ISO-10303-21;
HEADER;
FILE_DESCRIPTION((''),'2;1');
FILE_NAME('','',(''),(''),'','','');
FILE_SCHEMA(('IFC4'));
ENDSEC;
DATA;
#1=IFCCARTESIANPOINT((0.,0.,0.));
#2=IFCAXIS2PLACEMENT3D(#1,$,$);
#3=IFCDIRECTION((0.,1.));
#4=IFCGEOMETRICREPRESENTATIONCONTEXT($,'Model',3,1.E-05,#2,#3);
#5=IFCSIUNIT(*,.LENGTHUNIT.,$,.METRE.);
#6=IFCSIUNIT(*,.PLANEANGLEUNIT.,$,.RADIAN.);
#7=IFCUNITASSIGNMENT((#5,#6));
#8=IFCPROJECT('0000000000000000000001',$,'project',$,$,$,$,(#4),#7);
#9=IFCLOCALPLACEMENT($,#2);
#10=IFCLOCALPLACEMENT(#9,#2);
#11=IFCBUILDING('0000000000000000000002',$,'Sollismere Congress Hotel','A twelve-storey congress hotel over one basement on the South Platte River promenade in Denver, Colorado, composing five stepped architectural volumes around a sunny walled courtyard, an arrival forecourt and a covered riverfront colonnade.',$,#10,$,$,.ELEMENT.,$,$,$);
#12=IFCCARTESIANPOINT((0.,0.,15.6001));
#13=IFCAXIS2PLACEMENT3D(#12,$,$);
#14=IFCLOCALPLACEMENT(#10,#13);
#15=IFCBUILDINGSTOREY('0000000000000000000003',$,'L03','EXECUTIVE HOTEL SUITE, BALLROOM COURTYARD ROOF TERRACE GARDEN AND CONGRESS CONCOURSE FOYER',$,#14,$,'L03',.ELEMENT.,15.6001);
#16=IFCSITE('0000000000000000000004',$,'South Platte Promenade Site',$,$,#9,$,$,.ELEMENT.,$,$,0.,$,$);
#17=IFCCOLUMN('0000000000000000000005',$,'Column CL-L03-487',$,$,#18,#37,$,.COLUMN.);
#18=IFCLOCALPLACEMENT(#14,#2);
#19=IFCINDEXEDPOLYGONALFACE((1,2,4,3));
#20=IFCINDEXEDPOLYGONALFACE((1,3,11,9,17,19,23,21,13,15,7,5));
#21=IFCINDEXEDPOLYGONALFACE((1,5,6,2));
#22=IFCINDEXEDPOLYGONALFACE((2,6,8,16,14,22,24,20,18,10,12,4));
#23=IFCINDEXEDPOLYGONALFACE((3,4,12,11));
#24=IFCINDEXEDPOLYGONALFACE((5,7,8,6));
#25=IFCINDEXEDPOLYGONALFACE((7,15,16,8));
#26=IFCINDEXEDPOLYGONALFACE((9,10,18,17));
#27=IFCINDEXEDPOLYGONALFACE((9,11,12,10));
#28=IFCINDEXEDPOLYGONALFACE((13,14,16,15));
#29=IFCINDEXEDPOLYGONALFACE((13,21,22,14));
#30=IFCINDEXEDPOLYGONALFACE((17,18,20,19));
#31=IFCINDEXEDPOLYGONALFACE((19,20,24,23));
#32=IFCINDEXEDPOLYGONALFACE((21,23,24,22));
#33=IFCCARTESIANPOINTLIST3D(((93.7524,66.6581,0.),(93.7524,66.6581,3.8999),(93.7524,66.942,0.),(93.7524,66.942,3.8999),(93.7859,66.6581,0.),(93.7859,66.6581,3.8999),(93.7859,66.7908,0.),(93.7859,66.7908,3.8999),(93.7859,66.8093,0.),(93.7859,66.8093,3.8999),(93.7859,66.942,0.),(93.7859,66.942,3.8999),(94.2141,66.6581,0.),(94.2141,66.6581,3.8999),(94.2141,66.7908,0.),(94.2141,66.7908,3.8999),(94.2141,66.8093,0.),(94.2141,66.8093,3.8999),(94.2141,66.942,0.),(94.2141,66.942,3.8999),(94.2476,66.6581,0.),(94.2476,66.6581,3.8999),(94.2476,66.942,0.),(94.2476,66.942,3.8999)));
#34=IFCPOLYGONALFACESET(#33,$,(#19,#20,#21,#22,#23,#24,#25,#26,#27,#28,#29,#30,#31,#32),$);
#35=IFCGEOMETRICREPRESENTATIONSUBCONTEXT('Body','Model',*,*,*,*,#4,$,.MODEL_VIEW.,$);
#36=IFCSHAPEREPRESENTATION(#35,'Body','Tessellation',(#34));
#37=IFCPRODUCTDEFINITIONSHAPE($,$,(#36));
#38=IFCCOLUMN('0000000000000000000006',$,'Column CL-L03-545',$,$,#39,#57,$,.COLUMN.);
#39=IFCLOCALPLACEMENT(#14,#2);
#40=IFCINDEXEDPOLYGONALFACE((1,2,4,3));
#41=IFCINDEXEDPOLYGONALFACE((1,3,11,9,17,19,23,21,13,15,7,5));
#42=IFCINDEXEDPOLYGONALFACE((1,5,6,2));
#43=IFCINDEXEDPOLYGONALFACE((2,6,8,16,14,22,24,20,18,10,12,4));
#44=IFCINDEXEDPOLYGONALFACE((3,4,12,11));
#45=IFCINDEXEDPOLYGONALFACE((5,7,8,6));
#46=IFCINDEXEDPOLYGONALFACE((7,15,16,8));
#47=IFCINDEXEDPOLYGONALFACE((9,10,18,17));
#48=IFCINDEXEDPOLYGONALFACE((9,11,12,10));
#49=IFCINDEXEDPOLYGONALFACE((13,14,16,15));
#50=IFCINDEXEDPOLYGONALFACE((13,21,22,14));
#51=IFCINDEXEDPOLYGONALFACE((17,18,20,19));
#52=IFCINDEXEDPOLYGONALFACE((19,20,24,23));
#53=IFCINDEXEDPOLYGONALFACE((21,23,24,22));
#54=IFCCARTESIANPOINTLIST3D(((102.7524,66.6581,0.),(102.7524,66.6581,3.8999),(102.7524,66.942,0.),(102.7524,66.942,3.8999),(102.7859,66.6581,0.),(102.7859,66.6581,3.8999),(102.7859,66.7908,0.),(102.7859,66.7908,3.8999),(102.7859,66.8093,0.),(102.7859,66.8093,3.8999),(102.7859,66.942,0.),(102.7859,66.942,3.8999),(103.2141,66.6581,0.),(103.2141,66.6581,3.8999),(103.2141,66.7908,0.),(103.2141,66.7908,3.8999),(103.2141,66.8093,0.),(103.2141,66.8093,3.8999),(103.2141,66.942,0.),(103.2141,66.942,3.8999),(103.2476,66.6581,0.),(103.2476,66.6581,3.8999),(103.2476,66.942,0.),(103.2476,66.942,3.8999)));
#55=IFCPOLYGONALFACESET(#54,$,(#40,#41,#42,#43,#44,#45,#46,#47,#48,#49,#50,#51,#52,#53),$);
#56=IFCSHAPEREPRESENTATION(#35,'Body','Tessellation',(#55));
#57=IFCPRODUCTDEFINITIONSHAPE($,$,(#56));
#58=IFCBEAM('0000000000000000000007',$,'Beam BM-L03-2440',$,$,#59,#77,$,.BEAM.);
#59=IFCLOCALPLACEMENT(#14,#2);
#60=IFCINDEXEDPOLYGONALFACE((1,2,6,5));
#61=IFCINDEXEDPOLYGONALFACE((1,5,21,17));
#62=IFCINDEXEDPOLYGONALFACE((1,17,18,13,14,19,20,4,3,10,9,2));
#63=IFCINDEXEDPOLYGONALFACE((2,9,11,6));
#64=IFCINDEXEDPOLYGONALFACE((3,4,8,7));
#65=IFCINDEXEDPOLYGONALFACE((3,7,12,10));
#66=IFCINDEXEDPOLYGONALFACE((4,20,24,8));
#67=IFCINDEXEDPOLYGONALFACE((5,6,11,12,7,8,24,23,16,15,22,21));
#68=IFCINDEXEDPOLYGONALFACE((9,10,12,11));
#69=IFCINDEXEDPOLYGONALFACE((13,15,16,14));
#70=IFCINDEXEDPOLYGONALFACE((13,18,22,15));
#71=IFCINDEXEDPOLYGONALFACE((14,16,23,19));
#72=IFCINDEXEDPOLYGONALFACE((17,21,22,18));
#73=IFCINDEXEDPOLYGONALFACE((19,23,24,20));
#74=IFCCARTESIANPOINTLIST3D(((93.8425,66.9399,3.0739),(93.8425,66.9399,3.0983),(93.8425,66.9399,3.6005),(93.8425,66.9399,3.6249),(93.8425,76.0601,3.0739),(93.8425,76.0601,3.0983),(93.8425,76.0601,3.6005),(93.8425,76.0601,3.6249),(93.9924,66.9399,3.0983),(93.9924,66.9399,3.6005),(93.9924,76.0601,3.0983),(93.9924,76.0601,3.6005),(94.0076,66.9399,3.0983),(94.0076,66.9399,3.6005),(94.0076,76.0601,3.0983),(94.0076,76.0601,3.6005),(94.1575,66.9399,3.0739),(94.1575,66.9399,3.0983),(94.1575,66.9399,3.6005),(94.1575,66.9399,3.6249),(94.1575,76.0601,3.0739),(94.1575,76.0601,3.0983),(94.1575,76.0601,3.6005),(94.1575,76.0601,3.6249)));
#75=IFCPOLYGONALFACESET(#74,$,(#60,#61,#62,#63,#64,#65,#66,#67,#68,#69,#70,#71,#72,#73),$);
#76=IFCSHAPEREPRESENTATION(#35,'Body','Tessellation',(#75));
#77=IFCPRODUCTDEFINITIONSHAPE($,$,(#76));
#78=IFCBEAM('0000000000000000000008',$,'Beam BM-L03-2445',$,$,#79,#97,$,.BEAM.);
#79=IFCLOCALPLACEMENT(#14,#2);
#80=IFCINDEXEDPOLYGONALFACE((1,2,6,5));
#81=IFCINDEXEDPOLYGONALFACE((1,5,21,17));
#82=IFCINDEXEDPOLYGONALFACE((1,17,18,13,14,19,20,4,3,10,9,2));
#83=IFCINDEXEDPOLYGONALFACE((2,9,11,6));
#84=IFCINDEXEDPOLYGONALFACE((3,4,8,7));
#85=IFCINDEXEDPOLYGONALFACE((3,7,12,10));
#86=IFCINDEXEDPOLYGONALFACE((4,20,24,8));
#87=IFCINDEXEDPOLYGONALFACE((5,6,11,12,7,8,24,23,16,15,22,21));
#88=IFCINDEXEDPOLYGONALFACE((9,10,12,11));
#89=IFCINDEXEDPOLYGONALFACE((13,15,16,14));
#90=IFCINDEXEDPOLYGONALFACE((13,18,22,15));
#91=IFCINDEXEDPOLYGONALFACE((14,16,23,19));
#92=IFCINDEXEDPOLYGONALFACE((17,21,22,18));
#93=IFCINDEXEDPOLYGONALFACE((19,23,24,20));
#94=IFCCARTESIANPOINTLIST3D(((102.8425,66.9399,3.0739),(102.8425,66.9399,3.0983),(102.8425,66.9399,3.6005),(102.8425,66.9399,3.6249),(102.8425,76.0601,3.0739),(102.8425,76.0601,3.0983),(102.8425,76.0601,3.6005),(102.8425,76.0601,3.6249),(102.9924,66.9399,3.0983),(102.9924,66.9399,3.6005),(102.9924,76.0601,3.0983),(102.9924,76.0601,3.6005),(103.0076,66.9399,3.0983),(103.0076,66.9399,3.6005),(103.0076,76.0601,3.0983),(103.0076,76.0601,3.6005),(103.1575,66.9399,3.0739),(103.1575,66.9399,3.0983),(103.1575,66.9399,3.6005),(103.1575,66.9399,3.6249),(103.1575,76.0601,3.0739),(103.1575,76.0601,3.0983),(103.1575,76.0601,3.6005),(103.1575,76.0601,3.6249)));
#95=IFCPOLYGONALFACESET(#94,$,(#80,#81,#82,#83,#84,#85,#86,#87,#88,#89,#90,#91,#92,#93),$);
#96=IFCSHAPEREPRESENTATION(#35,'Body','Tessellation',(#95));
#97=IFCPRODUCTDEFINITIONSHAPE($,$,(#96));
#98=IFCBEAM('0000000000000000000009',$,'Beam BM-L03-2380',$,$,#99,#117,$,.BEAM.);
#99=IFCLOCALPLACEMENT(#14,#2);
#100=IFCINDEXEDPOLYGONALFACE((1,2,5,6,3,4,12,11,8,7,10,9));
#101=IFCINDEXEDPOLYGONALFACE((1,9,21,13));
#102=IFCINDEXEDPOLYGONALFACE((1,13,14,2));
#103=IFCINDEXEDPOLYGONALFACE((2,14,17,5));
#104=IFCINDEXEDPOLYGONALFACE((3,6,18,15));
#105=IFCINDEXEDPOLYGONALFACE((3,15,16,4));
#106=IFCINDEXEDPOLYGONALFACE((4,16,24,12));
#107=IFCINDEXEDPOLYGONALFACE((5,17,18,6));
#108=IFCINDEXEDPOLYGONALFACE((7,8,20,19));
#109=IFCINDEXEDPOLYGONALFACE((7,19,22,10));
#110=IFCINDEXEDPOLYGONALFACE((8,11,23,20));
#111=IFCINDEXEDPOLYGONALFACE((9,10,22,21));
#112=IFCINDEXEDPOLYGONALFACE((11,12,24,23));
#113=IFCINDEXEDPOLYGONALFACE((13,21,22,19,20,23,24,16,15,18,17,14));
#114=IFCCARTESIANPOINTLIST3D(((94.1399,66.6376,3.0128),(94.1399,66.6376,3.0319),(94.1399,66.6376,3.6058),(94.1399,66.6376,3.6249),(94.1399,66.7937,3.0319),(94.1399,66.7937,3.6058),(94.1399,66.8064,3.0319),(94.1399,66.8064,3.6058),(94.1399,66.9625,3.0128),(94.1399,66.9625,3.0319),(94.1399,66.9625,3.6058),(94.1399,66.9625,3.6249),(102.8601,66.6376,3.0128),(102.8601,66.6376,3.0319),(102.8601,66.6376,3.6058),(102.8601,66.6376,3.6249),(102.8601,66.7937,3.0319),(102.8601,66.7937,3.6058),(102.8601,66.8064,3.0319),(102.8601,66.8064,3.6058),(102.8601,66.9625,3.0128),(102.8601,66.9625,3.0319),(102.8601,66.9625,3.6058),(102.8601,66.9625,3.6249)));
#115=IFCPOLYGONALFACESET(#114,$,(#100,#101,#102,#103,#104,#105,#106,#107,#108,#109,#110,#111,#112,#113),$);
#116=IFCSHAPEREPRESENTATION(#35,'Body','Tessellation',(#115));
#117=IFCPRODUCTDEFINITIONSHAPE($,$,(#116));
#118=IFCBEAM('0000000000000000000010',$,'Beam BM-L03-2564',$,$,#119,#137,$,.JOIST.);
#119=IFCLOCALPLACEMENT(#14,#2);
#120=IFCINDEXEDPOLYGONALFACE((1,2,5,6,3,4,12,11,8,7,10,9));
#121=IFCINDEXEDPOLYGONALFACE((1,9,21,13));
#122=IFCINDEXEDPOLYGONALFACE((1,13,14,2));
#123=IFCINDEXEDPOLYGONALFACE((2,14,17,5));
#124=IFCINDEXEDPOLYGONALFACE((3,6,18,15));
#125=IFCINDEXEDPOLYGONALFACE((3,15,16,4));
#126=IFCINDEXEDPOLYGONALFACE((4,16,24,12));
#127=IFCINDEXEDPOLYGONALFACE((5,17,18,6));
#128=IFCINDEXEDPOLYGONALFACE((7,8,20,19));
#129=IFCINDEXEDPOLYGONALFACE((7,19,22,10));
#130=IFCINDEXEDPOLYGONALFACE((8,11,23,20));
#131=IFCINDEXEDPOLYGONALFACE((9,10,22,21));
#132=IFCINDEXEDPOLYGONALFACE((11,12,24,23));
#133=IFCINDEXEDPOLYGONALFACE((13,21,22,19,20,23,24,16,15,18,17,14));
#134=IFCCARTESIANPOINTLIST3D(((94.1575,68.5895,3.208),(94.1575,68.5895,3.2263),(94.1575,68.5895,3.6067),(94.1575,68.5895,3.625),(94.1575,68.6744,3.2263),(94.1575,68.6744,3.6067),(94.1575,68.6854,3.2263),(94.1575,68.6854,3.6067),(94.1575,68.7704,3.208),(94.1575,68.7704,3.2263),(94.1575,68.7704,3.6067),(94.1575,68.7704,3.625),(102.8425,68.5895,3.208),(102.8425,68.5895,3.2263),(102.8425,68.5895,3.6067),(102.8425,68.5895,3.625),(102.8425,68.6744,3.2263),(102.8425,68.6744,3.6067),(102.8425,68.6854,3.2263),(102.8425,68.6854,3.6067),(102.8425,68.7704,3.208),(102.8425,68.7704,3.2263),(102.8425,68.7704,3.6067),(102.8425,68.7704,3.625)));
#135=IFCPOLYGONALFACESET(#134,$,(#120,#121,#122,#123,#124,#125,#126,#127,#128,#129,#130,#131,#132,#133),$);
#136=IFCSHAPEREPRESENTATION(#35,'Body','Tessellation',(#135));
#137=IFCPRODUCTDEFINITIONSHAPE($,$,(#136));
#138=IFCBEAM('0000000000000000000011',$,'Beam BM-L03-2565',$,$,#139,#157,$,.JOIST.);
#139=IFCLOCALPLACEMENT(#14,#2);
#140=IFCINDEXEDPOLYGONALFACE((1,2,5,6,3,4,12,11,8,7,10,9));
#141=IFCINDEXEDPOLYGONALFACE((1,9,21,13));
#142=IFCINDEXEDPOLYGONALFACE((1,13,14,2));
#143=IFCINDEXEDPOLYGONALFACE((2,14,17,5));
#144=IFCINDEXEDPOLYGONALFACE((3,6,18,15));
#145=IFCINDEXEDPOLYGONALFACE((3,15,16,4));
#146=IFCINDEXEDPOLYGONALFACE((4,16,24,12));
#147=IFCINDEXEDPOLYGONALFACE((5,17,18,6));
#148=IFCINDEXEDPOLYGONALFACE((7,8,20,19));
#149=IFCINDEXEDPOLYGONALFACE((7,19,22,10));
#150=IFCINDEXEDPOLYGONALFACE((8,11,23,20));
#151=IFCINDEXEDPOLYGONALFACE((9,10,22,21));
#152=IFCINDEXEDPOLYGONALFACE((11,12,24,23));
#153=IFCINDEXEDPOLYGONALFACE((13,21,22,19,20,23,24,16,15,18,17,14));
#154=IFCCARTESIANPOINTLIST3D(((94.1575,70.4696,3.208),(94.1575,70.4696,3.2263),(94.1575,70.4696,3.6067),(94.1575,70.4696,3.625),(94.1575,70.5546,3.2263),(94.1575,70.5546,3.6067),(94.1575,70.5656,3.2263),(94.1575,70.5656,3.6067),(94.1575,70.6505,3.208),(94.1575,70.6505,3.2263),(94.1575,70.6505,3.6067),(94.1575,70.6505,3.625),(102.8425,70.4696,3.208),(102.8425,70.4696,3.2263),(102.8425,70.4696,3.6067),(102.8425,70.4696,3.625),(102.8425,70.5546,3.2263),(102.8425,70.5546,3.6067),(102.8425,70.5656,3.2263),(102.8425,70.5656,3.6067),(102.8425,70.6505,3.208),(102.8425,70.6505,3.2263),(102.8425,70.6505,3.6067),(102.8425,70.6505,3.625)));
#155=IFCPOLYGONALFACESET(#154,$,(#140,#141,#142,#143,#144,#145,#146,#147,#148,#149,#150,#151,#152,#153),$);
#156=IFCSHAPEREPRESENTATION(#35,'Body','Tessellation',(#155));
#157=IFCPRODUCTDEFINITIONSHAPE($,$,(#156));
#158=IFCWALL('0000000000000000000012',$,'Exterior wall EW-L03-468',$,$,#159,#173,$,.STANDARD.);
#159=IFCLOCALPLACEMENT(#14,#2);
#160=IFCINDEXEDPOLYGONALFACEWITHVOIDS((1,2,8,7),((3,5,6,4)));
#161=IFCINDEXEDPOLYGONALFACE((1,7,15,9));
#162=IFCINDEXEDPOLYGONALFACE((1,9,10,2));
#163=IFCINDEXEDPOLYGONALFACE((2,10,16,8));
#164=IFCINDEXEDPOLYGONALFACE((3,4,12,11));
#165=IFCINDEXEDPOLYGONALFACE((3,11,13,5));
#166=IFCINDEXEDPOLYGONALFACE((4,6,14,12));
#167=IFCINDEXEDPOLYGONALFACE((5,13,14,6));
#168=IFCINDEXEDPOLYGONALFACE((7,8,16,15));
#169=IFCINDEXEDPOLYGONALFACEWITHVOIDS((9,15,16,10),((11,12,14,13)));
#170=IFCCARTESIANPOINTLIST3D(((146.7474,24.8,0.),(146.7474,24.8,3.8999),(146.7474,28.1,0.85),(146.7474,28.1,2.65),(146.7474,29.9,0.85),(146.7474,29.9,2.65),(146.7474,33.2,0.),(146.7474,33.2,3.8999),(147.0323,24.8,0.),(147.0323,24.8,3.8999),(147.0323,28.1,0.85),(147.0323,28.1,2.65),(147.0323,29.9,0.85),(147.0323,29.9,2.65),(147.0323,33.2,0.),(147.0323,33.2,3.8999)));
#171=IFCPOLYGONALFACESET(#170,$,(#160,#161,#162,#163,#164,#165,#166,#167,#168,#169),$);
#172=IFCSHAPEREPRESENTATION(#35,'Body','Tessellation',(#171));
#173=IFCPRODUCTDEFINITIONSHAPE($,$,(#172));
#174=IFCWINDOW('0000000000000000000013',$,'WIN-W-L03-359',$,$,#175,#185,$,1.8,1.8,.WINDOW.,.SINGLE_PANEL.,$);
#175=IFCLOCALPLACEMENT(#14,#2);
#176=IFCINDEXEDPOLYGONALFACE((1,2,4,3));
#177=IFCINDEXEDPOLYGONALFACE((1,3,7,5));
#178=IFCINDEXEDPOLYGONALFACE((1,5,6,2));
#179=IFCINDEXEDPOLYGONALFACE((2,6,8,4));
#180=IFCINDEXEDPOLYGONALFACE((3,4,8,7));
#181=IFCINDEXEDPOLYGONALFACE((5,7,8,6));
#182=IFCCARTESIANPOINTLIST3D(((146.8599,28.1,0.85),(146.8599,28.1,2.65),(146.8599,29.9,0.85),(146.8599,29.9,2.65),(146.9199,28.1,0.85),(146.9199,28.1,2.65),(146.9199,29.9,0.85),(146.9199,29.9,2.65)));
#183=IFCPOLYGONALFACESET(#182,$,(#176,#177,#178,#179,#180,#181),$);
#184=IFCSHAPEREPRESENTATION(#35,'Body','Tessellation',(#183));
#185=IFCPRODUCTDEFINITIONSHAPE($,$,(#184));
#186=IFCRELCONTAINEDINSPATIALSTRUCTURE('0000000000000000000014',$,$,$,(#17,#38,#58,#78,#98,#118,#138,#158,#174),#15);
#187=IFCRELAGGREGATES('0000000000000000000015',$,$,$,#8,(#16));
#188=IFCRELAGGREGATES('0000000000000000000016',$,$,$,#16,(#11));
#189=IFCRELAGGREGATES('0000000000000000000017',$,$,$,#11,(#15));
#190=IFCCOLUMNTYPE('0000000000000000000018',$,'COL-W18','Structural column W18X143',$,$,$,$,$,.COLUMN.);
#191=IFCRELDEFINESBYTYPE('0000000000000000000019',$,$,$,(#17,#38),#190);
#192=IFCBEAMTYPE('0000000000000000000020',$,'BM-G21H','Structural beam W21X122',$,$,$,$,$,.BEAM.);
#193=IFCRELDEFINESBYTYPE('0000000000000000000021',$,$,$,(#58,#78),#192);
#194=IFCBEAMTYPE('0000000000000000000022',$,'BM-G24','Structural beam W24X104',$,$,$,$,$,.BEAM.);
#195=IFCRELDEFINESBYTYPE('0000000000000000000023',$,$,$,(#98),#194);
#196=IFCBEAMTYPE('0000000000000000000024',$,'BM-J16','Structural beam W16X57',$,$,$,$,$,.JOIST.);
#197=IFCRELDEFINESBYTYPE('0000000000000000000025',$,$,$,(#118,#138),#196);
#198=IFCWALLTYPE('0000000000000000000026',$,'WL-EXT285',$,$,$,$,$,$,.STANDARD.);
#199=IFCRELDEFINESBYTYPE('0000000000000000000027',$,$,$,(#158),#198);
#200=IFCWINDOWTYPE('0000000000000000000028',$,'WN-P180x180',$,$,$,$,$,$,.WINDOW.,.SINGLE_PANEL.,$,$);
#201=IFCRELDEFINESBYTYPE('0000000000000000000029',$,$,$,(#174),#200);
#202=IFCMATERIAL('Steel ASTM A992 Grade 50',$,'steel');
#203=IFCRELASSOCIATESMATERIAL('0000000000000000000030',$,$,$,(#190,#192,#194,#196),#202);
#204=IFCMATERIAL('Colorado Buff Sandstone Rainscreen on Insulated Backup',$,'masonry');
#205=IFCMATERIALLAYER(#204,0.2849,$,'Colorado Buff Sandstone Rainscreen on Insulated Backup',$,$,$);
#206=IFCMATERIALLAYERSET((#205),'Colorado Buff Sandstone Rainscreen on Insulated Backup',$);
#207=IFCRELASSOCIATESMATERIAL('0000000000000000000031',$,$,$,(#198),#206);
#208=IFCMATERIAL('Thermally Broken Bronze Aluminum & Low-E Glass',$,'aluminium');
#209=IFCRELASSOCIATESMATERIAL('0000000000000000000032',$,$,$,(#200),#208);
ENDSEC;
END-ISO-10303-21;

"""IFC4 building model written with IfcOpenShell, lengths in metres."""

from ifc_helpers import new_model, si_unit, direction, frame, frame_2d, origin, origin_2d, place, context, subcontext, project, spatial, rectangle, i_section, extrude, material, layer, layer_set, material_profile, profile_set, type_object, element, fill, save


model = new_model("IFC4")

# Units and contexts
model_context = context("Model", 3, precision=1e-05, world=origin(), true_north=direction((0.0, 1.0)))
body_context = subcontext(model_context, "Body", "Model", "MODEL_VIEW")
ifc_project = project(units=[si_unit("LENGTHUNIT", "METRE"), si_unit("PLANEANGLEUNIT", "RADIAN")], contexts=[model_context])

# Site, building, storey
site_placement = place(None, origin())
site = spatial("IfcSite", under=ifc_project, at=site_placement, Name="South Platte Promenade Site", CompositionType="ELEMENT", RefElevation=0.0)
building_placement = place(site_placement, origin())
building = spatial("IfcBuilding", under=site, at=building_placement, Name="Sollismere Congress Hotel", Description="A twelve-storey congress hotel over one basement on the South Platte River promenade in Denver, Colorado, composing five stepped architectural volumes around a sunny walled courtyard, an arrival forecourt and a covered riverfront colonnade.", CompositionType="ELEMENT")
storey_placement = place(building_placement, frame((0.0, 0.0, 15.6001)))
storey = spatial("IfcBuildingStorey", under=building, at=storey_placement, Name="L03", Description="EXECUTIVE HOTEL SUITE, BALLROOM COURTYARD ROOF TERRACE GARDEN AND CONGRESS CONCOURSE FOYER", LongName="L03", CompositionType="ELEMENT", Elevation=15.6001)

# Columns
ifc_material_1 = material(Name="Steel ASTM A992 Grade 50", Category="steel")
ifc_material_profile_1 = material_profile(ifc_material_1, i_section(OverallWidth=0.2839, OverallDepth=0.4951, WebThickness=0.0186, FlangeThickness=0.0334, at=origin_2d()), Name="W18X143")
ifc_profile_set_1 = profile_set([ifc_material_profile_1], Name="Steel ASTM A992 Grade 50")
column_type = type_object("IfcColumnType", Name="COL-W18", Description="Structural column W18X143", PredefinedType="COLUMN", material=ifc_profile_set_1)
for number, where, z_axis, x_axis, name in (
    (1, (94.0, 66.8, 0.0), (0.0, 0.0, 1.0), (0.0, 1.0, 0.0), "Column CL-L03-487"),
    (2, (103.0, 66.8, 0.0), (0.0, 0.0, 1.0), (0.0, 1.0, 0.0), "Column CL-L03-545"),
):
    element("IfcColumn", number, at=place(storey_placement, frame(where, z_axis=z_axis, x_axis=x_axis)), inside=storey, type_object=column_type, Name=name, PredefinedType="COLUMN", context=body_context, shape_type="SweptSolid", body=[
        extrude(i_section(OverallWidth=0.2839, OverallDepth=0.4951, WebThickness=0.0186, FlangeThickness=0.0334, at=origin_2d()), origin(), (0.0, 0.0, 1.0), 3.8999),
    ])

# Beams
ifc_material_profile_2 = material_profile(ifc_material_1, i_section(OverallWidth=0.3149, OverallDepth=0.551, WebThickness=0.0151, FlangeThickness=0.0244, at=origin_2d()), Name="W21X122")
ifc_profile_set_2 = profile_set([ifc_material_profile_2], Name="Steel ASTM A992 Grade 50")
beam_type_1 = type_object("IfcBeamType", Name="BM-G21H", Description="Structural beam W21X122", PredefinedType="BEAM", material=ifc_profile_set_2)
for number, where, z_axis, x_axis, name in (
    (3, (94.0, 66.9399, 3.3494), (0.0, 1.0, 0.0), (-1.0, 0.0, 0.0), "Beam BM-L03-2440"),
    (4, (103.0, 66.9399, 3.3494), (0.0, 1.0, 0.0), (-1.0, 0.0, 0.0), "Beam BM-L03-2445"),
):
    element("IfcBeam", number, at=place(storey_placement, frame(where, z_axis=z_axis, x_axis=x_axis)), inside=storey, type_object=beam_type_1, Name=name, PredefinedType="BEAM", context=body_context, shape_type="SweptSolid", body=[
        extrude(i_section(OverallWidth=0.3149, OverallDepth=0.551, WebThickness=0.0151, FlangeThickness=0.0244, at=origin_2d()), origin(), (0.0, 0.0, 1.0), 9.1201),
    ])
ifc_material_profile_3 = material_profile(ifc_material_1, i_section(OverallWidth=0.325, OverallDepth=0.6121, WebThickness=0.0127, FlangeThickness=0.019, at=origin_2d()), Name="W24X104")
ifc_profile_set_3 = profile_set([ifc_material_profile_3], Name="Steel ASTM A992 Grade 50")
beam_type_2 = type_object("IfcBeamType", Name="BM-G24", Description="Structural beam W24X104", PredefinedType="BEAM", material=ifc_profile_set_3)
beam_placement = place(storey_placement, frame((94.1399, 66.8, 3.3188), z_axis=(1.0, 0.0, 0.0), x_axis=(0.0, 1.0, 0.0)))
element("IfcBeam", 5, at=beam_placement, inside=storey, type_object=beam_type_2, Name="Beam BM-L03-2380", PredefinedType="BEAM", context=body_context, shape_type="SweptSolid", body=[
    extrude(i_section(OverallWidth=0.325, OverallDepth=0.6121, WebThickness=0.0127, FlangeThickness=0.019, at=origin_2d()), origin(), (0.0, 0.0, 1.0), 8.7202),
])
ifc_material_profile_4 = material_profile(ifc_material_1, i_section(OverallWidth=0.1809, OverallDepth=0.417, WebThickness=0.011, FlangeThickness=0.0183, at=origin_2d()), Name="W16X57")
ifc_profile_set_4 = profile_set([ifc_material_profile_4], Name="Steel ASTM A992 Grade 50")
beam_type_3 = type_object("IfcBeamType", Name="BM-J16", Description="Structural beam W16X57", PredefinedType="JOIST", material=ifc_profile_set_4)
for number, where, z_axis, x_axis, name in (
    (6, (94.1575, 68.6799, 3.4165), (1.0, 0.0, 0.0), (0.0, 1.0, 0.0), "Beam BM-L03-2564"),
    (7, (94.1575, 70.5601, 3.4165), (1.0, 0.0, 0.0), (0.0, 1.0, 0.0), "Beam BM-L03-2565"),
):
    element("IfcBeam", number, at=place(storey_placement, frame(where, z_axis=z_axis, x_axis=x_axis)), inside=storey, type_object=beam_type_3, Name=name, PredefinedType="JOIST", context=body_context, shape_type="SweptSolid", body=[
        extrude(i_section(OverallWidth=0.1809, OverallDepth=0.417, WebThickness=0.011, FlangeThickness=0.0183, at=origin_2d()), origin(), (0.0, 0.0, 1.0), 8.6851),
    ])

# Wall, opening, window
ifc_material_2 = material(Name="Colorado Buff Sandstone Rainscreen on Insulated Backup", Category="masonry")
ifc_layer_1 = layer(ifc_material_2, 0.2849, Name="Colorado Buff Sandstone Rainscreen on Insulated Backup")
ifc_layer_set_1 = layer_set([ifc_layer_1], Name="Colorado Buff Sandstone Rainscreen on Insulated Backup")
wall_type_1 = type_object("IfcWallType", Name="WL-EXT285", PredefinedType="STANDARD", material=ifc_layer_set_1)
wall_1_placement = place(storey_placement, frame((146.8899, 24.8, 0.0), z_axis=(0.0, 0.0, 1.0), x_axis=(0.0, 1.0, 0.0)))
wall_1 = element("IfcWall", 8, at=wall_1_placement, inside=storey, type_object=wall_type_1, Name="Exterior wall EW-L03-468", PredefinedType="STANDARD", context=body_context, shape_type="SweptSolid", body=[
    extrude(rectangle(XDim=8.3999, YDim=0.2849, at=frame_2d((4.2, 0.0))), origin(), (0.0, 0.0, 1.0), 3.8999),
])
opening_1_placement = place(wall_1_placement, frame((3.3, 0.0, 0.8501)))
opening_1 = element("IfcOpeningElement", 9, at=opening_1_placement, cuts=wall_1, PredefinedType="OPENING", context=body_context, shape_type="SweptSolid", body=[
    extrude(rectangle(XDim=1.8, YDim=1.8, at=frame_2d((0.8999, 0.8999))), frame((0.0, 0.1523, 0.0), z_axis=(0.0, -1.0, 0.0), x_axis=(1.0, 0.0, 0.0)), (0.0, 0.0, 1.0), 0.3049),
])
ifc_material_3 = material(Name="Thermally Broken Bronze Aluminum & Low-E Glass", Category="aluminium")
window_type_1 = type_object("IfcWindowType", Name="WN-P180x180", PartitioningType="SINGLE_PANEL", PredefinedType="WINDOW", material=ifc_material_3)
window_1_placement = place(opening_1_placement, origin())
window_1 = element("IfcWindow", 10, at=window_1_placement, inside=storey, type_object=window_type_1, Name="WIN-W-L03-359", OverallHeight=1.8, OverallWidth=1.8, PartitioningType="SINGLE_PANEL", PredefinedType="WINDOW", context=body_context, shape_type="SweptSolid", body=[
    extrude(rectangle(XDim=1.8, YDim=1.8, at=frame_2d((0.8999, 0.8999))), frame((0.0, 0.03, 0.0), z_axis=(0.0, -1.0, 0.0), x_axis=(1.0, 0.0, 0.0)), (0.0, 0.0, 1.0), 0.0601),
])
fill(opening_1, window_1)

save(model, "model.ifc")
